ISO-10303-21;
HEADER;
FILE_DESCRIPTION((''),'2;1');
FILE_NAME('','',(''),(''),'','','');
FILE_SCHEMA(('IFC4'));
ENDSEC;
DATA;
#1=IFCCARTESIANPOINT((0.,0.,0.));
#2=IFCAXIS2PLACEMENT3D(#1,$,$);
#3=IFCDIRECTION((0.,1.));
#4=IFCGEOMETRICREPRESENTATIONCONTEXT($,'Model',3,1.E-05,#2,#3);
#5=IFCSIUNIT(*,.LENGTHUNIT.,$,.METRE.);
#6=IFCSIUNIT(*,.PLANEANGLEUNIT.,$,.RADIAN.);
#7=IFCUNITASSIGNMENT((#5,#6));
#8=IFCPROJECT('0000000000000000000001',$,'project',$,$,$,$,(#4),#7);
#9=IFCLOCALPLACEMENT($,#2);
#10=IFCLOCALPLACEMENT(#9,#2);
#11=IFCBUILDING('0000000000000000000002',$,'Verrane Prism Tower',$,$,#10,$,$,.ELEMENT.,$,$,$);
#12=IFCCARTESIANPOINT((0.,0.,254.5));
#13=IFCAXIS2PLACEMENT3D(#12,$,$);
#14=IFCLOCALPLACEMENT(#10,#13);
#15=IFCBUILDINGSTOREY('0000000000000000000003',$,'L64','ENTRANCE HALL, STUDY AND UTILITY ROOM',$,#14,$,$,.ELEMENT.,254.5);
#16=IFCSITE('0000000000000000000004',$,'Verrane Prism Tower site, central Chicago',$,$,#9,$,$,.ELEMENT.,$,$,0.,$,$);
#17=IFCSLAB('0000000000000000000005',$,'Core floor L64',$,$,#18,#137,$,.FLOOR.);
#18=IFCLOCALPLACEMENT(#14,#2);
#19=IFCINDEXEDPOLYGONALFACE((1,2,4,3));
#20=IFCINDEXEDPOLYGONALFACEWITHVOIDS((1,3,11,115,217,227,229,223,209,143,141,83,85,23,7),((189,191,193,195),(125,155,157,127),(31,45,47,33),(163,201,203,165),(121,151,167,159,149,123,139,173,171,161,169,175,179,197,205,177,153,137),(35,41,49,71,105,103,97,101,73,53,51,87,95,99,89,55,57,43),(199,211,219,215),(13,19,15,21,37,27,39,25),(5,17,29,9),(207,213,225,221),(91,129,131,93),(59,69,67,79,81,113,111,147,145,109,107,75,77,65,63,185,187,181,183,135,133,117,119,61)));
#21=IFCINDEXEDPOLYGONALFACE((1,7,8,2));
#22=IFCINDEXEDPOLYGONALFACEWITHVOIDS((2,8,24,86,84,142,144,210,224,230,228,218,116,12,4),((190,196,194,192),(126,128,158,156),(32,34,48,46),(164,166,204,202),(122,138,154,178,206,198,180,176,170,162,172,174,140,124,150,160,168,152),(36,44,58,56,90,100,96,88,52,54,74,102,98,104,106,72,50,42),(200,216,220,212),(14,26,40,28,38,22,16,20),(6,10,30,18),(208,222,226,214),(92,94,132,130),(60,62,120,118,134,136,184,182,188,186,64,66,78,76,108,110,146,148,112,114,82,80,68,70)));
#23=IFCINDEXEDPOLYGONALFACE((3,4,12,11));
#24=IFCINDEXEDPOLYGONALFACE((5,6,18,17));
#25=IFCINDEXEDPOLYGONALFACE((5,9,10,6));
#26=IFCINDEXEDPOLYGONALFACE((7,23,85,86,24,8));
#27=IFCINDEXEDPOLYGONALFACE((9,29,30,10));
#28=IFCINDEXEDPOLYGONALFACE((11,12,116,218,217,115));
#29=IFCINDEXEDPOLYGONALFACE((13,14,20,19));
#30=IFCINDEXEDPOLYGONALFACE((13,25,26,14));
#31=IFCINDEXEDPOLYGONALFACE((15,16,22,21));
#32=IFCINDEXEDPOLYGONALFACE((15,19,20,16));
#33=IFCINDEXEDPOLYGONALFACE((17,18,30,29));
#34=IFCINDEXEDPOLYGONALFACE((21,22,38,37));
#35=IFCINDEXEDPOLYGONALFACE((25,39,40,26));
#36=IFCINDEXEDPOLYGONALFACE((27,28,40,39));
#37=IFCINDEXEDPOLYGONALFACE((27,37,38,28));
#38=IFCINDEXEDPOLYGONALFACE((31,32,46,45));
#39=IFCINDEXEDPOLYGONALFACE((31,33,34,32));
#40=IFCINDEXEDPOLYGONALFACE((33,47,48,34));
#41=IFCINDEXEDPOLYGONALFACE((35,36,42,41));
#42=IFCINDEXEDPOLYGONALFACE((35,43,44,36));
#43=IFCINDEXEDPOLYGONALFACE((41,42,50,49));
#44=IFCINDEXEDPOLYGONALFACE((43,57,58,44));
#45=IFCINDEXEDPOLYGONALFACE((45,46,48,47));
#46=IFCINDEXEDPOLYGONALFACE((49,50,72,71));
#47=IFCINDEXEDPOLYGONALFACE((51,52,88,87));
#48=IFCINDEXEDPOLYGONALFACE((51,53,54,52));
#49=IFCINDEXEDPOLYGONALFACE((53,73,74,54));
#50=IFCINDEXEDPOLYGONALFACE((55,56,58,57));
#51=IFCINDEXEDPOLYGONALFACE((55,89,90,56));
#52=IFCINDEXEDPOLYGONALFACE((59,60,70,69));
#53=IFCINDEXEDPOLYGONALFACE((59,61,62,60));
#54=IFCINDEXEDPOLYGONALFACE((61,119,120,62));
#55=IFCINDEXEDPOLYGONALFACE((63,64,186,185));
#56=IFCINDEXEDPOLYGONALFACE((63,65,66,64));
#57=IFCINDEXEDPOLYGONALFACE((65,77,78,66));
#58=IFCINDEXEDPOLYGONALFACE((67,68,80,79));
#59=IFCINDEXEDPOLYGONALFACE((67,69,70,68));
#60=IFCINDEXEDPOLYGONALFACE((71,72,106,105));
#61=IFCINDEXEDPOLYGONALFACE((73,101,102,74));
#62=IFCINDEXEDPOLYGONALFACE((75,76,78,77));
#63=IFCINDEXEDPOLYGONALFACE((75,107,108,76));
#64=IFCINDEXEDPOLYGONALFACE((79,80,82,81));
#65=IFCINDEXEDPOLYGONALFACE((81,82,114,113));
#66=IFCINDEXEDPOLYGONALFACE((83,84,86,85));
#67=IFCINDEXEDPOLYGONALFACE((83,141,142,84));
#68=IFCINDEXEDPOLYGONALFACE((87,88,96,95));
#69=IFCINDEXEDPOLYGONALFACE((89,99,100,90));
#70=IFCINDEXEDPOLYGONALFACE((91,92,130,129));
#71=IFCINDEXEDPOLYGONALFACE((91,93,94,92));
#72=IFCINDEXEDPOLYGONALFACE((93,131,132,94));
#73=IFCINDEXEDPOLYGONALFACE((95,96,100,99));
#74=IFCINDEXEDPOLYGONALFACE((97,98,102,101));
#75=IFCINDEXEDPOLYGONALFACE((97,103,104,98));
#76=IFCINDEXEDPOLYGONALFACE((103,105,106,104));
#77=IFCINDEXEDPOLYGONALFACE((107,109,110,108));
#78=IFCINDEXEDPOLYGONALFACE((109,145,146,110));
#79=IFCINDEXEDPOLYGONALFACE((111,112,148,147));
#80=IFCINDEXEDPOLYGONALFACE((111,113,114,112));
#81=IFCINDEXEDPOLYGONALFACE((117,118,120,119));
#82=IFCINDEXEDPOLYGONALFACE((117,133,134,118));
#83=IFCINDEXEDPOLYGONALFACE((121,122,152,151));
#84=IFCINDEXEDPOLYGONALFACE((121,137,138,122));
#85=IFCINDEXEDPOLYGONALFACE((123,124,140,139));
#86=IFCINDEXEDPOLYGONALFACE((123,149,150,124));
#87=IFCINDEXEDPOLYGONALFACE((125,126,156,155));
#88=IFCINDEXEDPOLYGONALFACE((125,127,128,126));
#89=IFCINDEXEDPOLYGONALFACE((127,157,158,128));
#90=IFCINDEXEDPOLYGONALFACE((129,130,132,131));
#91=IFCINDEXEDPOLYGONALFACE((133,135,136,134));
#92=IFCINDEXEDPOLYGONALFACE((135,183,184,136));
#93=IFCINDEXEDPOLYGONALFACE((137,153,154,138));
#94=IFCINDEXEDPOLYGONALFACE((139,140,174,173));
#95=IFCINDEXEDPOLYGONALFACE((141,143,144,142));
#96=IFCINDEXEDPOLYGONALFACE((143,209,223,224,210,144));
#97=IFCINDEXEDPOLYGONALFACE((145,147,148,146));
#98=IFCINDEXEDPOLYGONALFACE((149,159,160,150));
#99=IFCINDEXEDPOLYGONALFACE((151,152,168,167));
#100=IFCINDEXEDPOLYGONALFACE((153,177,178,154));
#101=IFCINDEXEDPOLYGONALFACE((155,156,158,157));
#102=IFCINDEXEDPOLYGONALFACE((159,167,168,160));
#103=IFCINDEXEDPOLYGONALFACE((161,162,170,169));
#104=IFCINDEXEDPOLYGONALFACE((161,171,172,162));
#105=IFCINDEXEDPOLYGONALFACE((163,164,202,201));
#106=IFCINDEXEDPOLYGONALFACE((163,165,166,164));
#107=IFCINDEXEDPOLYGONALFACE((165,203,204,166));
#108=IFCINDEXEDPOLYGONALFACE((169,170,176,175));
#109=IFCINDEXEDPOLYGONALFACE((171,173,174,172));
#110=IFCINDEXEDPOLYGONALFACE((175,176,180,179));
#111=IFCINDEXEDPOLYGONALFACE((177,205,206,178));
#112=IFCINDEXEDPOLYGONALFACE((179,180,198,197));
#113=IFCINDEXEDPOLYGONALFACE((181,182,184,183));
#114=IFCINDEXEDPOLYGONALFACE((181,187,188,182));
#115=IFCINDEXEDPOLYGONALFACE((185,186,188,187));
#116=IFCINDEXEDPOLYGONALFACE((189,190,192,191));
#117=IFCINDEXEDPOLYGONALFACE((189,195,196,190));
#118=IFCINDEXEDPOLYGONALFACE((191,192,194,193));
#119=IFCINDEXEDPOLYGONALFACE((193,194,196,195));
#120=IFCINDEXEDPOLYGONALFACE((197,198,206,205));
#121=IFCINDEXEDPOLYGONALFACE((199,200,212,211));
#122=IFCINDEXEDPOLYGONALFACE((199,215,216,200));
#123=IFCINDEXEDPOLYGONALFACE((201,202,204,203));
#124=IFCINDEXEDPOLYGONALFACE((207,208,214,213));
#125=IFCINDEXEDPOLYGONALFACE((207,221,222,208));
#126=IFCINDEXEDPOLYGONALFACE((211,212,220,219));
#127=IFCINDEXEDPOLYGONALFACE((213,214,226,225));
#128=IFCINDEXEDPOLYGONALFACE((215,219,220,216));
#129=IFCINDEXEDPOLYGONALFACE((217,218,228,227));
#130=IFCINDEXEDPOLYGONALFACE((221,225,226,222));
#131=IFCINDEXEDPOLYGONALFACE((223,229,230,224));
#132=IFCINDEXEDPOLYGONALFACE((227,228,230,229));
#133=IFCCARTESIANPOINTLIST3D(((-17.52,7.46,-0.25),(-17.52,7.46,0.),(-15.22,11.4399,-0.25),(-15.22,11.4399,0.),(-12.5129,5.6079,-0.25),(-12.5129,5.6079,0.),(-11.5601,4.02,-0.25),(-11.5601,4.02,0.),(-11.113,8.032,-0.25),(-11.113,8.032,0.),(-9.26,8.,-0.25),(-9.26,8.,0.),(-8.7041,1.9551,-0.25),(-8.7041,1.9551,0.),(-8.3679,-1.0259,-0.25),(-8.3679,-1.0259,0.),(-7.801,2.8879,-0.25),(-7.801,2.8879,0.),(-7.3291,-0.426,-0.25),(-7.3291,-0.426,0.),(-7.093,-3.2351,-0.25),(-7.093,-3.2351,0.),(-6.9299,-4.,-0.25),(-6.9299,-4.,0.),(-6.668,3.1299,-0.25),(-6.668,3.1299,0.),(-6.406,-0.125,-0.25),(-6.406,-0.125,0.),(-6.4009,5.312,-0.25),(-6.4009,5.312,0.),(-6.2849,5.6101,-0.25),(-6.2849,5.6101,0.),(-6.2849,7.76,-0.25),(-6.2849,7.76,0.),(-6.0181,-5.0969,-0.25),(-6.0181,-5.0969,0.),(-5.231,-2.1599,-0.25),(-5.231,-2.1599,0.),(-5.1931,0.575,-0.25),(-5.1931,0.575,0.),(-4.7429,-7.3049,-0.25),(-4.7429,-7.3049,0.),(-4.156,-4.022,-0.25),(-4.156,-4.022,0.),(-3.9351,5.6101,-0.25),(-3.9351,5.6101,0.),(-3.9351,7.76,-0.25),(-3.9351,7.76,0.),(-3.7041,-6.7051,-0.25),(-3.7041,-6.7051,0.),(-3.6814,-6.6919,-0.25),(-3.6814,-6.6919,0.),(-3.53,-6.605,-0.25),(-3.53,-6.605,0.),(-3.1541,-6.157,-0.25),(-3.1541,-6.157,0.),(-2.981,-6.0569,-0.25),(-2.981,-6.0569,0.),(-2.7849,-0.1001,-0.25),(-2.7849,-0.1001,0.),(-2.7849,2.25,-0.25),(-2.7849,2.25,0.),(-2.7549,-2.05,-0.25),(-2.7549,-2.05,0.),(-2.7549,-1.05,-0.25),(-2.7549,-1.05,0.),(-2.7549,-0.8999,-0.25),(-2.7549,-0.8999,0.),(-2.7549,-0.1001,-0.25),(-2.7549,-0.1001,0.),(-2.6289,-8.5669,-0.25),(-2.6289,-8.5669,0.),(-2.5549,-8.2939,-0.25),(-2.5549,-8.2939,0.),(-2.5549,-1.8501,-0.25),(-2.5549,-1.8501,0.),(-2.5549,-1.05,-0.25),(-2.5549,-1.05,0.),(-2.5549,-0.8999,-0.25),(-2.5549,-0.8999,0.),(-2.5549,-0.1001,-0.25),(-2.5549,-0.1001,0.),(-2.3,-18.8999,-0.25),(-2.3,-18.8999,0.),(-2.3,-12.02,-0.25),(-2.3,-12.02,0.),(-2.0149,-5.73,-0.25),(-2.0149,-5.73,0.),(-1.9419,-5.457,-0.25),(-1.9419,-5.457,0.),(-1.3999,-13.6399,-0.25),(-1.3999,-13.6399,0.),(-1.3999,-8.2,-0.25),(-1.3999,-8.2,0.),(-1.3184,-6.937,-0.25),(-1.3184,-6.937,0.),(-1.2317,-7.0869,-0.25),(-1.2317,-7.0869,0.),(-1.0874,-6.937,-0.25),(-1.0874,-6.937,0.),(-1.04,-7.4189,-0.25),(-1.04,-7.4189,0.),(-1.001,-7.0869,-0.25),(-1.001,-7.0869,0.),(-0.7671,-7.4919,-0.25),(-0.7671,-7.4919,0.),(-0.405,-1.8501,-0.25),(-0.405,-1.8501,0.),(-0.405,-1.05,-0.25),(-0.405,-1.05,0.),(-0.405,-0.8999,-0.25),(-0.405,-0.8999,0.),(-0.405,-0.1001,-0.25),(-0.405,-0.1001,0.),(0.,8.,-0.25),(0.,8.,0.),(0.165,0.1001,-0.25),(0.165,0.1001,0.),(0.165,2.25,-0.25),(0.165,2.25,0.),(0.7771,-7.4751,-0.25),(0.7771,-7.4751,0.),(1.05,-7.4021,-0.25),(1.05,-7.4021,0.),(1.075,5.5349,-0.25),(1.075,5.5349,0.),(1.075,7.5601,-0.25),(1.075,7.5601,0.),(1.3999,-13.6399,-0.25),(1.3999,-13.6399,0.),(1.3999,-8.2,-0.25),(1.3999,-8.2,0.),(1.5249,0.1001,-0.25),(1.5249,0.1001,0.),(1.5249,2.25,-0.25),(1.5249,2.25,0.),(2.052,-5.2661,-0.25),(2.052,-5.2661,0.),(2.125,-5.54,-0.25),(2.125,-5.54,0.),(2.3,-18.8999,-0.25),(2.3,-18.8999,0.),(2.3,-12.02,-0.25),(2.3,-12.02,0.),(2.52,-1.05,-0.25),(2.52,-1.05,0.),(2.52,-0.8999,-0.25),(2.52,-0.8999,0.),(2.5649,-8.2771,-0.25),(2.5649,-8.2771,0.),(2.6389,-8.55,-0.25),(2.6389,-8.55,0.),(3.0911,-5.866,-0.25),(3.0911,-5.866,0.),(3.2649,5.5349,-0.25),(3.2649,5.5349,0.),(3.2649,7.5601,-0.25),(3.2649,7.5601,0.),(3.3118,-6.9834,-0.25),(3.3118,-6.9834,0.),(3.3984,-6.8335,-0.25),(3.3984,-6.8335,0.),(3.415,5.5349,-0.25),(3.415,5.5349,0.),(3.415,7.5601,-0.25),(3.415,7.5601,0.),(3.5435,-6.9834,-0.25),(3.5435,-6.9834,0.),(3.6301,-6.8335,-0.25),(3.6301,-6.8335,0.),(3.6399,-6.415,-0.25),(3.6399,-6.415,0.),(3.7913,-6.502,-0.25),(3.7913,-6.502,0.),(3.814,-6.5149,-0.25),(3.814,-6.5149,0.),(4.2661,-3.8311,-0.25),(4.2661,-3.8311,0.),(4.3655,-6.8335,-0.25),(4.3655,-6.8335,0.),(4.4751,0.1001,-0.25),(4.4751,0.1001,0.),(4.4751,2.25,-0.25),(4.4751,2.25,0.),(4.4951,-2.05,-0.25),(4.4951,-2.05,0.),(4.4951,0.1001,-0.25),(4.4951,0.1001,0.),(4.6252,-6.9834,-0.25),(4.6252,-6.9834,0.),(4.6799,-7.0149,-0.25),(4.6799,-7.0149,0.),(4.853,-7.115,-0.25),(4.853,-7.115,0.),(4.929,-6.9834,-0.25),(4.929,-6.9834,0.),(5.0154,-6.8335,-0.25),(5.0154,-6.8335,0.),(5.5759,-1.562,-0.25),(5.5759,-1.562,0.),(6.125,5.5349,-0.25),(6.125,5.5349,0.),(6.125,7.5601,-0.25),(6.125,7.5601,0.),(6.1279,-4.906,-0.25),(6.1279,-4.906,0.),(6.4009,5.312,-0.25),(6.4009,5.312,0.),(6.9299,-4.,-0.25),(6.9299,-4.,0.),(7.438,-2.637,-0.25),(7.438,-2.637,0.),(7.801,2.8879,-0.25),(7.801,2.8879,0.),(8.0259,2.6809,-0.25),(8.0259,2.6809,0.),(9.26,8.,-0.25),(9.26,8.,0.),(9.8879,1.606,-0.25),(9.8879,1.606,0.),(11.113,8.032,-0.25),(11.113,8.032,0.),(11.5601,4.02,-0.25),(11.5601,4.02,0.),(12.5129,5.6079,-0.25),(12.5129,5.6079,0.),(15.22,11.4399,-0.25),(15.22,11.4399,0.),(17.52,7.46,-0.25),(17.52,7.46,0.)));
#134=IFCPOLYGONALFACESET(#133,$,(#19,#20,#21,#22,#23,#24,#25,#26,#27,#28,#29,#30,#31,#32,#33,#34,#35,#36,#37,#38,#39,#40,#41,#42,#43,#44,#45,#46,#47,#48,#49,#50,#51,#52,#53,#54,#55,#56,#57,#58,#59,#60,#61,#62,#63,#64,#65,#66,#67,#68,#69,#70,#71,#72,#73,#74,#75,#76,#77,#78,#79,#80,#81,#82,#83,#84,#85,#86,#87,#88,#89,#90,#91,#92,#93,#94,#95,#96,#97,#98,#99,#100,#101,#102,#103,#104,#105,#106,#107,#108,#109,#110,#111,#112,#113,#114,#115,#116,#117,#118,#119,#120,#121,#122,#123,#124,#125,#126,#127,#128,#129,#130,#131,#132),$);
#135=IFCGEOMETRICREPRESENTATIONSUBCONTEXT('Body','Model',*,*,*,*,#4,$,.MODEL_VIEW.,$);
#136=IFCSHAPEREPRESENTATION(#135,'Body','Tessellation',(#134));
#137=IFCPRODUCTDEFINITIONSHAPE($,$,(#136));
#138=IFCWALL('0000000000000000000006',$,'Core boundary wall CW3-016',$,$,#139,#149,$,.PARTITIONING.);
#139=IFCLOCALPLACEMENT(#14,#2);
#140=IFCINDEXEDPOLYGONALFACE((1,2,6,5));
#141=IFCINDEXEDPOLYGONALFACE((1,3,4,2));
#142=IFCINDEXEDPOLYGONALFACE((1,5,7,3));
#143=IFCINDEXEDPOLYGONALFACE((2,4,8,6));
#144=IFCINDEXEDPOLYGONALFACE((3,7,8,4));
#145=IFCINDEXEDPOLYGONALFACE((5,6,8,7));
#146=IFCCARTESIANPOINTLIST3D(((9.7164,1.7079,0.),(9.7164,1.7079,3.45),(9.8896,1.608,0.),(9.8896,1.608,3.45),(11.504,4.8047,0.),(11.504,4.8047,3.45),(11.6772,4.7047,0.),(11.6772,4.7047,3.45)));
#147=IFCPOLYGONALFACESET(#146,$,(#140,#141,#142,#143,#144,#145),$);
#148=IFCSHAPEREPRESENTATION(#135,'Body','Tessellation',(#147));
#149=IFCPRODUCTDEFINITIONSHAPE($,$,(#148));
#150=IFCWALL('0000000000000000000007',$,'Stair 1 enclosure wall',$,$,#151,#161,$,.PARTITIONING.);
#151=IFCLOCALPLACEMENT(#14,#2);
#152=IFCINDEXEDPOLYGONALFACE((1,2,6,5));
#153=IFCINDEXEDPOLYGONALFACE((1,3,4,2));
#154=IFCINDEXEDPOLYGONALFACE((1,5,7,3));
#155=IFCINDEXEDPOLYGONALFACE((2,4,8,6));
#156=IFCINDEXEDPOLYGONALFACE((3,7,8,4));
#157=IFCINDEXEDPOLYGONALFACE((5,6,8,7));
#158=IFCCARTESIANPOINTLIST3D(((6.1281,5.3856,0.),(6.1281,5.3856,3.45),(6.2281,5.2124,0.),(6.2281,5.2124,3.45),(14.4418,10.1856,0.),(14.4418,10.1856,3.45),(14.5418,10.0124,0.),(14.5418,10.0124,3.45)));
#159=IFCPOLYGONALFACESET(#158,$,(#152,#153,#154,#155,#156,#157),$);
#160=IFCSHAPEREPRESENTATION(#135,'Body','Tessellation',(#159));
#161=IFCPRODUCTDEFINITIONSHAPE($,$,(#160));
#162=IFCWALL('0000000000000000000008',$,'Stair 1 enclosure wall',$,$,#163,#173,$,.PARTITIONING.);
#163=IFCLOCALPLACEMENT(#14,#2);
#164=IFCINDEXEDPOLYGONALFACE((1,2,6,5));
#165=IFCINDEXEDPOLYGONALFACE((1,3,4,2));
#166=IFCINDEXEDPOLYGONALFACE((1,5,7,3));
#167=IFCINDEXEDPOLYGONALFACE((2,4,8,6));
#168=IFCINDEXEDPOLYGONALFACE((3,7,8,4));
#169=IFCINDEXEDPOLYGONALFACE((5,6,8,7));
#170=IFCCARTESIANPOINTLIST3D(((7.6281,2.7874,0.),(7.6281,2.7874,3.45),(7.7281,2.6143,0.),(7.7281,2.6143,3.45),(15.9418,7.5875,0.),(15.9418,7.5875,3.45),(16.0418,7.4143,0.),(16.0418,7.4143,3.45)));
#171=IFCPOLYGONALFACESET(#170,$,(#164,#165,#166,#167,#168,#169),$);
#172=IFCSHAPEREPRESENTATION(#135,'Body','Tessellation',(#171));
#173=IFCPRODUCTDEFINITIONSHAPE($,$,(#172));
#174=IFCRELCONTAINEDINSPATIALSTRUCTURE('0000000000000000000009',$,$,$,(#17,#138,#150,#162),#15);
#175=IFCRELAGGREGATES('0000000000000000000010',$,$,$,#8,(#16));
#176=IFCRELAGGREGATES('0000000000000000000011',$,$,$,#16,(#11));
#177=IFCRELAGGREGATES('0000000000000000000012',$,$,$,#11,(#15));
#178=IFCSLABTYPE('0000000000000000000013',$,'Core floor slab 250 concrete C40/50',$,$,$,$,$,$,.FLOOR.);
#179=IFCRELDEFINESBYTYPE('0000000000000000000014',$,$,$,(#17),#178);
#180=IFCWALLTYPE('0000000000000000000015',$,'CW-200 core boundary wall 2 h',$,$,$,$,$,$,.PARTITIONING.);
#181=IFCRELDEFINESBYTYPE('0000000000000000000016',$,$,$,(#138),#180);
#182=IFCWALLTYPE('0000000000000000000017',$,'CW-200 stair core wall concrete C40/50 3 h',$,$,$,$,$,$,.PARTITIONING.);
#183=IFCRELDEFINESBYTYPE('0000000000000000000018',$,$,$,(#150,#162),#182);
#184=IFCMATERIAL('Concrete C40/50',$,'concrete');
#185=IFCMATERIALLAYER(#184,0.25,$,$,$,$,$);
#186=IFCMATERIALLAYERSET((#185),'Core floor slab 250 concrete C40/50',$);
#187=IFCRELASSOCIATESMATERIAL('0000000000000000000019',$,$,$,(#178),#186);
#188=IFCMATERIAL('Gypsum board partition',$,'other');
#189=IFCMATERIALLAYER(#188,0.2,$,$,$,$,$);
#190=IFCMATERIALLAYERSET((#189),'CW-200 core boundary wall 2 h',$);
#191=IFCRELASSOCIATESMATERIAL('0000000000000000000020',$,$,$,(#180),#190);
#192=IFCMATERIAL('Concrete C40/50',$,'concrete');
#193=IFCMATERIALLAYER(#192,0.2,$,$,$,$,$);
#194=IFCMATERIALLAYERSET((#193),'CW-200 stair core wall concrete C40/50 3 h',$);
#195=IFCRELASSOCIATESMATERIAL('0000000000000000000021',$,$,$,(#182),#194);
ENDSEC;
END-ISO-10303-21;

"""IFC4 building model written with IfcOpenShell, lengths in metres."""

from ifc_helpers import new_model, si_unit, direction, frame, frame_2d, origin, place, context, subcontext, project, spatial, polyline, rectangle, outline, extrude, material, layer, layer_set, type_object, element, save


model = new_model("IFC4")

# Units and contexts
model_context = context("Model", 3, precision=1e-05, world=origin(), true_north=direction((0.0, 1.0)))
body_context = subcontext(model_context, "Body", "Model", "MODEL_VIEW")
ifc_project = project(units=[si_unit("LENGTHUNIT", "METRE"), si_unit("PLANEANGLEUNIT", "RADIAN")], contexts=[model_context])

# Site, building, storey
site_placement = place(None, origin())
site = spatial("IfcSite", under=ifc_project, at=site_placement, Name="Verrane Prism Tower site, central Chicago", CompositionType="ELEMENT", RefElevation=0.0)
building_placement = place(site_placement, origin())
building = spatial("IfcBuilding", under=site, at=building_placement, Name="Verrane Prism Tower", CompositionType="ELEMENT")
storey_placement = place(building_placement, frame((0.0, 0.0, 254.5)))
storey = spatial("IfcBuildingStorey", under=building, at=storey_placement, Name="L64", Description="ENTRANCE HALL, STUDY AND UTILITY ROOM", CompositionType="ELEMENT", Elevation=254.5)

# Slab
ifc_material_1 = material(Name="Concrete C40/50", Category="concrete")
ifc_layer_1 = layer(ifc_material_1, 0.25)
ifc_layer_set_1 = layer_set([ifc_layer_1], Name="Core floor slab 250 concrete C40/50")
slab_type = type_object("IfcSlabType", Name="Core floor slab 250 concrete C40/50", PredefinedType="FLOOR", material=ifc_layer_set_1)
slab_placement = place(storey_placement, frame((0.0, 0.0, -0.25)))
element("IfcSlab", 1, at=slab_placement, inside=storey, type_object=slab_type, Name="Core floor L64", PredefinedType="FLOOR", context=body_context, shape_type="SweptSolid", body=[
    extrude(outline(polyline([(11.5601, 4.02), (17.52, 7.46), (15.22, 11.4399), (9.26, 8.0), (0.0, 8.0), (-9.26, 8.0), (-15.22, 11.4399), (-17.52, 7.46), (-11.5601, 4.02), (-6.9299, -4.0), (-2.3, -12.02), (-2.3, -18.8999), (2.3, -18.8999), (2.3, -12.02), (6.9299, -4.0), (11.5601, 4.02)]), holes=[polyline([(1.3999, -8.2), (1.3999, -13.6399), (-1.3999, -13.6399), (-1.3999, -8.2), (1.3999, -8.2)]), polyline([(-4.7429, -7.3049), (-6.0181, -5.0969), (-4.156, -4.022), (-2.981, -6.0569), (-3.1541, -6.157), (-1.9419, -5.457), (-1.0874, -6.937), (-1.3184, -6.937), (-2.0149, -5.73), (-3.6814, -6.6919), (-3.53, -6.605), (-2.5549, -8.2939), (-1.04, -7.4189), (-1.2317, -7.0869), (-1.001, -7.0869), (-0.7671, -7.4919), (-2.6289, -8.5669), (-3.7041, -6.7051), (-4.7429, -7.3049)]), polyline([(-7.801, 2.8879), (-12.5129, 5.6079), (-11.113, 8.032), (-6.4009, 5.312), (-7.801, 2.8879)]), polyline([(-6.2849, 5.6101), (-6.2849, 7.76), (-3.9351, 7.76), (-3.9351, 5.6101), (-6.2849, 5.6101)]), polyline([(2.052, -5.2661), (3.0911, -5.866), (4.2661, -3.8311), (6.1279, -4.906), (5.0154, -6.8335), (4.3655, -6.8335), (3.814, -6.5149), (3.6301, -6.8335), (3.3984, -6.8335), (3.6399, -6.415), (3.7913, -6.502), (2.125, -5.54), (1.05, -7.4021), (2.5649, -8.2771), (3.3118, -6.9834), (3.5435, -6.9834), (2.6389, -8.55), (0.7771, -7.4751), (2.052, -5.2661)]), polyline([(4.853, -7.115), (4.6799, -7.0149), (4.6252, -6.9834), (4.929, -6.9834), (4.853, -7.115)]), polyline([(9.8879, 1.606), (7.438, -2.637), (5.5759, -1.562), (8.0259, 2.6809), (9.8879, 1.606)]), polyline([(1.5249, 0.1001), (1.5249, 2.25), (4.4751, 2.25), (4.4751, 0.1001), (4.4951, 0.1001), (4.4951, -2.05), (-2.7549, -2.05), (-2.7549, -1.05), (-2.5549, -1.05), (-2.5549, -1.8501), (-0.405, -1.8501), (-0.405, -1.05), (2.52, -1.05), (2.52, -0.8999), (-0.405, -0.8999), (-0.405, -0.1001), (-2.5549, -0.1001), (-2.5549, -0.8999), (-2.7549, -0.8999), (-2.7549, -0.1001), (-2.7849, -0.1001), (-2.7849, 2.25), (0.165, 2.25), (0.165, 0.1001), (1.5249, 0.1001)]), polyline([(6.4009, 5.312), (11.113, 8.032), (12.5129, 5.6079), (7.801, 2.8879), (6.4009, 5.312)]), polyline([(3.2649, 5.5349), (1.075, 5.5349), (1.075, 7.5601), (3.2649, 7.5601), (3.2649, 5.5349)]), polyline([(6.125, 7.5601), (6.125, 5.5349), (3.415, 5.5349), (3.415, 7.5601), (6.125, 7.5601)]), polyline([(-5.231, -2.1599), (-7.093, -3.2351), (-8.3679, -1.0259), (-7.3291, -0.426), (-8.7041, 1.9551), (-6.668, 3.1299), (-5.1931, 0.575), (-6.406, -0.125), (-5.231, -2.1599)])]), origin(), (0.0, 0.0, 1.0), 0.25),
])

# Walls
ifc_material_2 = material(Name="Gypsum board partition", Category="other")
ifc_layer_2 = layer(ifc_material_2, 0.2)
ifc_layer_set_2 = layer_set([ifc_layer_2], Name="CW-200 core boundary wall 2 h")
wall_type_1 = type_object("IfcWallType", Name="CW-200 core boundary wall 2 h", PredefinedType="PARTITIONING", material=ifc_layer_set_2)
wall_1_placement = place(storey_placement, frame((9.803, 1.658, 0.0), z_axis=(0.0, 0.0, 1.0), x_axis=(0.499943, 0.866058, 0.0)))
element("IfcWall", 2, at=wall_1_placement, inside=storey, type_object=wall_type_1, Name="Core boundary wall CW3-016", PredefinedType="PARTITIONING", context=body_context, shape_type="SweptSolid", body=[
    extrude(rectangle(XDim=3.5757, YDim=0.2, at=frame_2d((1.7878, 0.0))), origin(), (0.0, 0.0, 1.0), 3.45),
])
ifc_material_3 = material(Name="Concrete C40/50", Category="concrete")
ifc_layer_3 = layer(ifc_material_3, 0.2)
ifc_layer_set_3 = layer_set([ifc_layer_3], Name="CW-200 stair core wall concrete C40/50 3 h")
wall_type_2 = type_object("IfcWallType", Name="CW-200 stair core wall concrete C40/50 3 h", PredefinedType="PARTITIONING", material=ifc_layer_set_3)
for number, where, z_axis, x_axis, name in (
    (3, (6.1782, 5.2991, 0.0), (0.0, 0.0, 1.0), (0.86602, 0.500009, 0.0), "Stair 1 enclosure wall"),
    (4, (7.6782, 2.7009, 0.0), (0.0, 0.0, 1.0), (0.86602, 0.500009, 0.0), "Stair 1 enclosure wall"),
):
    element("IfcWall", number, at=place(storey_placement, frame(where, z_axis=z_axis, x_axis=x_axis)), inside=storey, type_object=wall_type_2, Name=name, PredefinedType="PARTITIONING", context=body_context, shape_type="SweptSolid", body=[
        extrude(rectangle(XDim=9.5999, YDim=0.2, at=frame_2d((4.7998, 0.0))), origin(), (0.0, 0.0, 1.0), 3.45),
    ])

save(model, "model.ifc")
